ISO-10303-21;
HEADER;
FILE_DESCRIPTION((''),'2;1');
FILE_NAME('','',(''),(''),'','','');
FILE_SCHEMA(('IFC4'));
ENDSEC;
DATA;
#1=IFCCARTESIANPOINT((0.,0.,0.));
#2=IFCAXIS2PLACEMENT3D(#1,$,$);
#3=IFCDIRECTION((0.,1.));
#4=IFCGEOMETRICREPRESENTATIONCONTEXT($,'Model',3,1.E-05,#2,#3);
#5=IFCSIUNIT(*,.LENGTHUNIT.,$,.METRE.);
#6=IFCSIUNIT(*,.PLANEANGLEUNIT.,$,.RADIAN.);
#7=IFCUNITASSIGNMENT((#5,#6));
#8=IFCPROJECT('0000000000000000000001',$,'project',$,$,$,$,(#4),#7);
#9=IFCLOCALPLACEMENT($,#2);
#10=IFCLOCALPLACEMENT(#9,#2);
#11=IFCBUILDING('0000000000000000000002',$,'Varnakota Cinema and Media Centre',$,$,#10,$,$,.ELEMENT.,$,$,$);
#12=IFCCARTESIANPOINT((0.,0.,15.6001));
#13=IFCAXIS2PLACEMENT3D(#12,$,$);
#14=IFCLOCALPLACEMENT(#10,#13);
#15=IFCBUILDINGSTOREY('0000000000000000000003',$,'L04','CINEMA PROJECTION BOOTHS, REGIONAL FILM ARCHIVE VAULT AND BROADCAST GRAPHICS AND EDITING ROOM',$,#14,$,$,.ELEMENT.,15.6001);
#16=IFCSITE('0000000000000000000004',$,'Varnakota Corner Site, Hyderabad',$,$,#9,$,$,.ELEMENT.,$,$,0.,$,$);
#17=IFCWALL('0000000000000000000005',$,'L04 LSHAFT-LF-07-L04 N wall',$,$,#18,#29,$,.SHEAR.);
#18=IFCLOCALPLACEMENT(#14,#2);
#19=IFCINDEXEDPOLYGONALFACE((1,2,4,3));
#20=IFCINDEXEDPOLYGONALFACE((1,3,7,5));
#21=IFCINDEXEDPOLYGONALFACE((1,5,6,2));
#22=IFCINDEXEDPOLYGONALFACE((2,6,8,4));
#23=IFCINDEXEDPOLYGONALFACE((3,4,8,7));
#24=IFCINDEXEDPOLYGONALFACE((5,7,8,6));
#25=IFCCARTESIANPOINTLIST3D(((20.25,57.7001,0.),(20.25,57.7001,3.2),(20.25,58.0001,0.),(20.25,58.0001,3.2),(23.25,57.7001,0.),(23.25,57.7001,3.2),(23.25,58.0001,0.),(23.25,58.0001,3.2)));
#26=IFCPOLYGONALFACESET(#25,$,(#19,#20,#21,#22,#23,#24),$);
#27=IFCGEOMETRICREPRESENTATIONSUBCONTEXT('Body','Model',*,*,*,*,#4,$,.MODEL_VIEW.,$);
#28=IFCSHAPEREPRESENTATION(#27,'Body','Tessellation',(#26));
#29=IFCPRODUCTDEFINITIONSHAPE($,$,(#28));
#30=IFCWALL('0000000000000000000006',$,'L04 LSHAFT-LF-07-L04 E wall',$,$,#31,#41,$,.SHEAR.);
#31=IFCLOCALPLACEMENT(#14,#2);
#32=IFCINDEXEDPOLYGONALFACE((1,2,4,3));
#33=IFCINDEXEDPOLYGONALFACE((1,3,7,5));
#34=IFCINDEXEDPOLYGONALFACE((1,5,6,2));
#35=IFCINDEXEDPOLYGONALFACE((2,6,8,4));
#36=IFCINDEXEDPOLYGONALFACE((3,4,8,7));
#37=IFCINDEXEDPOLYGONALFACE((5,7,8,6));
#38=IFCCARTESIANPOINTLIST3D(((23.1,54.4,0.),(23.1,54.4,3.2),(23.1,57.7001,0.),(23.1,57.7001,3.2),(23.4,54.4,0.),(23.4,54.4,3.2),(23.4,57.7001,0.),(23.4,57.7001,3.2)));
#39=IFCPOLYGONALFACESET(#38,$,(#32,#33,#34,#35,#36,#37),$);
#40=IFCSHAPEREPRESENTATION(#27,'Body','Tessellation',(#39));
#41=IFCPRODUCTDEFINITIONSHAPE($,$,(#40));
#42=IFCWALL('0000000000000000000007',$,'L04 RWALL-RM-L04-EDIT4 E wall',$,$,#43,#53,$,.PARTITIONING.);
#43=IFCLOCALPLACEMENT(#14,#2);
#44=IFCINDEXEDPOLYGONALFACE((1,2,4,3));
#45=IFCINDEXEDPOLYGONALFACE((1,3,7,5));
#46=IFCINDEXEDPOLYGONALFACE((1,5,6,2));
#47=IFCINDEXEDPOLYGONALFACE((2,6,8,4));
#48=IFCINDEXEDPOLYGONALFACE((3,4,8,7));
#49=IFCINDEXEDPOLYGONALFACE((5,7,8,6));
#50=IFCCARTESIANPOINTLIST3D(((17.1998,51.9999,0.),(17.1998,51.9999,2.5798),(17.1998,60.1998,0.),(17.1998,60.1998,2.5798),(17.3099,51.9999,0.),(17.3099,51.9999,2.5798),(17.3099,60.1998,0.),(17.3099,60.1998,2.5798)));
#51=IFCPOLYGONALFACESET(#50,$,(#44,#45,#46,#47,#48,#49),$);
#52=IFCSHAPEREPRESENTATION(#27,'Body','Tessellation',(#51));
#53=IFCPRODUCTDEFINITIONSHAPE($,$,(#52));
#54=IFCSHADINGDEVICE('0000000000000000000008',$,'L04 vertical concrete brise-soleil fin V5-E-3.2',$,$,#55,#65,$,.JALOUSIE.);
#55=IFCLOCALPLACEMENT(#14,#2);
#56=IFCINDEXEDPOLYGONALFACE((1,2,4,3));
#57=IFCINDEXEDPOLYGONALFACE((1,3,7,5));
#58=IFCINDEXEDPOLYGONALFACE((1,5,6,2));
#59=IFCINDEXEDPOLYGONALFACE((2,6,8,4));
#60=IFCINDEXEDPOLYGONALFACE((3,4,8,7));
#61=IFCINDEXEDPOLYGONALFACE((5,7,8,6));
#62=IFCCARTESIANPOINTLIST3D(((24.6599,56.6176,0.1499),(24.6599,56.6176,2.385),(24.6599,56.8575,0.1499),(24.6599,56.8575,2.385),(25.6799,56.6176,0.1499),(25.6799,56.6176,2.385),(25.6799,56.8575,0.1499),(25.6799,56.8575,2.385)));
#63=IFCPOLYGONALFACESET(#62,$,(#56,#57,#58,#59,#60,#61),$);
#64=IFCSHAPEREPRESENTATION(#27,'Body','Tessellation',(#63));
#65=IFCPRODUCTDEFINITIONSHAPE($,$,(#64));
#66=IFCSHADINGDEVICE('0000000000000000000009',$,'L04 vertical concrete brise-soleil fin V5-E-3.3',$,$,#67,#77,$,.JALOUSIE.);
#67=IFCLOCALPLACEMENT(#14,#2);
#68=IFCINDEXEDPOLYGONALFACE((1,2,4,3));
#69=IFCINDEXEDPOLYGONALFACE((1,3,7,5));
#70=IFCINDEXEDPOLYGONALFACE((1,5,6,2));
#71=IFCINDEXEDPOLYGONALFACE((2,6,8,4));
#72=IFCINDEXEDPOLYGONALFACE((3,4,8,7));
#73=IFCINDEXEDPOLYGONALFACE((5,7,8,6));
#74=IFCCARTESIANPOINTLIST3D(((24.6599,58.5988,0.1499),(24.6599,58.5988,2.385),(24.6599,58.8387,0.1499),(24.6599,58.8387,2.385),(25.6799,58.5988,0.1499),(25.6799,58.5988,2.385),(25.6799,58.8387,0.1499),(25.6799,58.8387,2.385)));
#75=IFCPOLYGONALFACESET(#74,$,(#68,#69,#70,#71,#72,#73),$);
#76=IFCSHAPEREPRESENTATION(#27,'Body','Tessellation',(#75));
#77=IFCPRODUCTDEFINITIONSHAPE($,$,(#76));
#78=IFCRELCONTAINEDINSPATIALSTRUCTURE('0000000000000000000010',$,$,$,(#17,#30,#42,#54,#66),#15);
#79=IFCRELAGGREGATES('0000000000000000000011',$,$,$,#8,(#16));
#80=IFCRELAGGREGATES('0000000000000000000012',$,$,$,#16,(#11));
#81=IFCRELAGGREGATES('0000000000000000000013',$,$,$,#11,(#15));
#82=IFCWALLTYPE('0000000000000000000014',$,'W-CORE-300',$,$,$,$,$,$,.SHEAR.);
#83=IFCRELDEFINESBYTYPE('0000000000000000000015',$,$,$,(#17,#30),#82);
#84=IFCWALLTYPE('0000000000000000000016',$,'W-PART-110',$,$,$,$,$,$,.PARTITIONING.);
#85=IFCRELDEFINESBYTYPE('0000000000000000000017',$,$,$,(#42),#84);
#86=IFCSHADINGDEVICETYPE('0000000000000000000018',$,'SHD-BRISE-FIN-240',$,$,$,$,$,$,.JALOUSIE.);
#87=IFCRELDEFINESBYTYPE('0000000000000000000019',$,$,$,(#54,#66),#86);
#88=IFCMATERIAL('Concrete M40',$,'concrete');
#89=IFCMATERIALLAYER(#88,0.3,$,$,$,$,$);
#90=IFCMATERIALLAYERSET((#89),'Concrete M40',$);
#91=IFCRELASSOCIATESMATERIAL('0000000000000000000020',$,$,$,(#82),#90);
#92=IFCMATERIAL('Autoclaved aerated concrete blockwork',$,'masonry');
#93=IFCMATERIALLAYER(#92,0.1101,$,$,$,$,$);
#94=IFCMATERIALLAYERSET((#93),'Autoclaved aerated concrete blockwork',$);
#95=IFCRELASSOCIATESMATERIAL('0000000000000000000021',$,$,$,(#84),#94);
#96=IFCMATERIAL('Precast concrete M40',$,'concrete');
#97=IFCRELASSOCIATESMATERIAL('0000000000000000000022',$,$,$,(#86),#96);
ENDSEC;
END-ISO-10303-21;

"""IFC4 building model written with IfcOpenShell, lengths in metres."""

from ifc_helpers import new_model, si_unit, direction, frame, frame_2d, origin, origin_2d, place, context, subcontext, project, spatial, rectangle, extrude, material, layer, layer_set, type_object, element, save


model = new_model("IFC4")

# Units and contexts
model_context = context("Model", 3, precision=1e-05, world=origin(), true_north=direction((0.0, 1.0)))
body_context = subcontext(model_context, "Body", "Model", "MODEL_VIEW")
ifc_project = project(units=[si_unit("LENGTHUNIT", "METRE"), si_unit("PLANEANGLEUNIT", "RADIAN")], contexts=[model_context])

# Site, building, storey
site_placement = place(None, origin())
site = spatial("IfcSite", under=ifc_project, at=site_placement, Name="Varnakota Corner Site, Hyderabad", CompositionType="ELEMENT", RefElevation=0.0)
building_placement = place(site_placement, origin())
building = spatial("IfcBuilding", under=site, at=building_placement, Name="Varnakota Cinema and Media Centre", CompositionType="ELEMENT")
storey_placement = place(building_placement, frame((0.0, 0.0, 15.6001)))
storey = spatial("IfcBuildingStorey", under=building, at=storey_placement, Name="L04", Description="CINEMA PROJECTION BOOTHS, REGIONAL FILM ARCHIVE VAULT AND BROADCAST GRAPHICS AND EDITING ROOM", CompositionType="ELEMENT", Elevation=15.6001)

# Walls
ifc_material_1 = material(Name="Concrete M40", Category="concrete")
ifc_layer_1 = layer(ifc_material_1, 0.3)
ifc_layer_set_1 = layer_set([ifc_layer_1], Name="Concrete M40")
wall_type_1 = type_object("IfcWallType", Name="W-CORE-300", PredefinedType="SHEAR", material=ifc_layer_set_1)
wall_1_placement = place(storey_placement, frame((20.25, 57.8501, 0.0), z_axis=(0.0, 0.0, 1.0), x_axis=(1.0, 0.0, 0.0)))
element("IfcWall", 1, at=wall_1_placement, inside=storey, type_object=wall_type_1, Name="L04 LSHAFT-LF-07-L04 N wall", PredefinedType="SHEAR", context=body_context, shape_type="SweptSolid", body=[
    extrude(rectangle(XDim=3.0, YDim=0.3, at=frame_2d((1.5, 0.0))), origin(), (0.0, 0.0, 1.0), 3.2),
])
wall_2_placement = place(storey_placement, frame((23.25, 57.7, 0.0), z_axis=(0.0, 0.0, 1.0), x_axis=(0.0, -1.0, 0.0)))
element("IfcWall", 2, at=wall_2_placement, inside=storey, type_object=wall_type_1, Name="L04 LSHAFT-LF-07-L04 E wall", PredefinedType="SHEAR", context=body_context, shape_type="SweptSolid", body=[
    extrude(rectangle(XDim=3.3, YDim=0.3, at=frame_2d((1.6499, 0.0))), origin(), (0.0, 0.0, 1.0), 3.2),
])
ifc_material_2 = material(Name="Autoclaved aerated concrete blockwork", Category="masonry")
ifc_layer_2 = layer(ifc_material_2, 0.1101)
ifc_layer_set_2 = layer_set([ifc_layer_2], Name="Autoclaved aerated concrete blockwork")
wall_type_2 = type_object("IfcWallType", Name="W-PART-110", PredefinedType="PARTITIONING", material=ifc_layer_set_2)
wall_3_placement = place(storey_placement, frame((17.2549, 60.2, 0.0), z_axis=(0.0, 0.0, 1.0), x_axis=(0.0, -1.0, 0.0)))
element("IfcWall", 3, at=wall_3_placement, inside=storey, type_object=wall_type_2, Name="L04 RWALL-RM-L04-EDIT4 E wall", PredefinedType="PARTITIONING", context=body_context, shape_type="SweptSolid", body=[
    extrude(rectangle(XDim=8.2, YDim=0.1101, at=frame_2d((4.1001, 0.0))), origin(), (0.0, 0.0, 1.0), 2.5798),
])

# Shading devices
ifc_material_3 = material(Name="Precast concrete M40", Category="concrete")
shading_device_type = type_object("IfcShadingDeviceType", Name="SHD-BRISE-FIN-240", PredefinedType="JALOUSIE", material=ifc_material_3)
for number, where, z_axis, x_axis, name in (
    (4, (25.1699, 56.7375, 0.1499), (0.0, 0.0, 1.0), (0.0, 1.0, 0.0), "L04 vertical concrete brise-soleil fin V5-E-3.2"),
    (5, (25.1699, 58.7188, 0.1499), (0.0, 0.0, 1.0), (0.0, 1.0, 0.0), "L04 vertical concrete brise-soleil fin V5-E-3.3"),
):
    element("IfcShadingDevice", number, at=place(storey_placement, frame(where, z_axis=z_axis, x_axis=x_axis)), inside=storey, type_object=shading_device_type, Name=name, PredefinedType="JALOUSIE", context=body_context, shape_type="SweptSolid", body=[
        extrude(rectangle(XDim=0.24, YDim=1.02, at=origin_2d()), origin(), (0.0, 0.0, 1.0), 2.2351),
    ])

save(model, "model.ifc")
